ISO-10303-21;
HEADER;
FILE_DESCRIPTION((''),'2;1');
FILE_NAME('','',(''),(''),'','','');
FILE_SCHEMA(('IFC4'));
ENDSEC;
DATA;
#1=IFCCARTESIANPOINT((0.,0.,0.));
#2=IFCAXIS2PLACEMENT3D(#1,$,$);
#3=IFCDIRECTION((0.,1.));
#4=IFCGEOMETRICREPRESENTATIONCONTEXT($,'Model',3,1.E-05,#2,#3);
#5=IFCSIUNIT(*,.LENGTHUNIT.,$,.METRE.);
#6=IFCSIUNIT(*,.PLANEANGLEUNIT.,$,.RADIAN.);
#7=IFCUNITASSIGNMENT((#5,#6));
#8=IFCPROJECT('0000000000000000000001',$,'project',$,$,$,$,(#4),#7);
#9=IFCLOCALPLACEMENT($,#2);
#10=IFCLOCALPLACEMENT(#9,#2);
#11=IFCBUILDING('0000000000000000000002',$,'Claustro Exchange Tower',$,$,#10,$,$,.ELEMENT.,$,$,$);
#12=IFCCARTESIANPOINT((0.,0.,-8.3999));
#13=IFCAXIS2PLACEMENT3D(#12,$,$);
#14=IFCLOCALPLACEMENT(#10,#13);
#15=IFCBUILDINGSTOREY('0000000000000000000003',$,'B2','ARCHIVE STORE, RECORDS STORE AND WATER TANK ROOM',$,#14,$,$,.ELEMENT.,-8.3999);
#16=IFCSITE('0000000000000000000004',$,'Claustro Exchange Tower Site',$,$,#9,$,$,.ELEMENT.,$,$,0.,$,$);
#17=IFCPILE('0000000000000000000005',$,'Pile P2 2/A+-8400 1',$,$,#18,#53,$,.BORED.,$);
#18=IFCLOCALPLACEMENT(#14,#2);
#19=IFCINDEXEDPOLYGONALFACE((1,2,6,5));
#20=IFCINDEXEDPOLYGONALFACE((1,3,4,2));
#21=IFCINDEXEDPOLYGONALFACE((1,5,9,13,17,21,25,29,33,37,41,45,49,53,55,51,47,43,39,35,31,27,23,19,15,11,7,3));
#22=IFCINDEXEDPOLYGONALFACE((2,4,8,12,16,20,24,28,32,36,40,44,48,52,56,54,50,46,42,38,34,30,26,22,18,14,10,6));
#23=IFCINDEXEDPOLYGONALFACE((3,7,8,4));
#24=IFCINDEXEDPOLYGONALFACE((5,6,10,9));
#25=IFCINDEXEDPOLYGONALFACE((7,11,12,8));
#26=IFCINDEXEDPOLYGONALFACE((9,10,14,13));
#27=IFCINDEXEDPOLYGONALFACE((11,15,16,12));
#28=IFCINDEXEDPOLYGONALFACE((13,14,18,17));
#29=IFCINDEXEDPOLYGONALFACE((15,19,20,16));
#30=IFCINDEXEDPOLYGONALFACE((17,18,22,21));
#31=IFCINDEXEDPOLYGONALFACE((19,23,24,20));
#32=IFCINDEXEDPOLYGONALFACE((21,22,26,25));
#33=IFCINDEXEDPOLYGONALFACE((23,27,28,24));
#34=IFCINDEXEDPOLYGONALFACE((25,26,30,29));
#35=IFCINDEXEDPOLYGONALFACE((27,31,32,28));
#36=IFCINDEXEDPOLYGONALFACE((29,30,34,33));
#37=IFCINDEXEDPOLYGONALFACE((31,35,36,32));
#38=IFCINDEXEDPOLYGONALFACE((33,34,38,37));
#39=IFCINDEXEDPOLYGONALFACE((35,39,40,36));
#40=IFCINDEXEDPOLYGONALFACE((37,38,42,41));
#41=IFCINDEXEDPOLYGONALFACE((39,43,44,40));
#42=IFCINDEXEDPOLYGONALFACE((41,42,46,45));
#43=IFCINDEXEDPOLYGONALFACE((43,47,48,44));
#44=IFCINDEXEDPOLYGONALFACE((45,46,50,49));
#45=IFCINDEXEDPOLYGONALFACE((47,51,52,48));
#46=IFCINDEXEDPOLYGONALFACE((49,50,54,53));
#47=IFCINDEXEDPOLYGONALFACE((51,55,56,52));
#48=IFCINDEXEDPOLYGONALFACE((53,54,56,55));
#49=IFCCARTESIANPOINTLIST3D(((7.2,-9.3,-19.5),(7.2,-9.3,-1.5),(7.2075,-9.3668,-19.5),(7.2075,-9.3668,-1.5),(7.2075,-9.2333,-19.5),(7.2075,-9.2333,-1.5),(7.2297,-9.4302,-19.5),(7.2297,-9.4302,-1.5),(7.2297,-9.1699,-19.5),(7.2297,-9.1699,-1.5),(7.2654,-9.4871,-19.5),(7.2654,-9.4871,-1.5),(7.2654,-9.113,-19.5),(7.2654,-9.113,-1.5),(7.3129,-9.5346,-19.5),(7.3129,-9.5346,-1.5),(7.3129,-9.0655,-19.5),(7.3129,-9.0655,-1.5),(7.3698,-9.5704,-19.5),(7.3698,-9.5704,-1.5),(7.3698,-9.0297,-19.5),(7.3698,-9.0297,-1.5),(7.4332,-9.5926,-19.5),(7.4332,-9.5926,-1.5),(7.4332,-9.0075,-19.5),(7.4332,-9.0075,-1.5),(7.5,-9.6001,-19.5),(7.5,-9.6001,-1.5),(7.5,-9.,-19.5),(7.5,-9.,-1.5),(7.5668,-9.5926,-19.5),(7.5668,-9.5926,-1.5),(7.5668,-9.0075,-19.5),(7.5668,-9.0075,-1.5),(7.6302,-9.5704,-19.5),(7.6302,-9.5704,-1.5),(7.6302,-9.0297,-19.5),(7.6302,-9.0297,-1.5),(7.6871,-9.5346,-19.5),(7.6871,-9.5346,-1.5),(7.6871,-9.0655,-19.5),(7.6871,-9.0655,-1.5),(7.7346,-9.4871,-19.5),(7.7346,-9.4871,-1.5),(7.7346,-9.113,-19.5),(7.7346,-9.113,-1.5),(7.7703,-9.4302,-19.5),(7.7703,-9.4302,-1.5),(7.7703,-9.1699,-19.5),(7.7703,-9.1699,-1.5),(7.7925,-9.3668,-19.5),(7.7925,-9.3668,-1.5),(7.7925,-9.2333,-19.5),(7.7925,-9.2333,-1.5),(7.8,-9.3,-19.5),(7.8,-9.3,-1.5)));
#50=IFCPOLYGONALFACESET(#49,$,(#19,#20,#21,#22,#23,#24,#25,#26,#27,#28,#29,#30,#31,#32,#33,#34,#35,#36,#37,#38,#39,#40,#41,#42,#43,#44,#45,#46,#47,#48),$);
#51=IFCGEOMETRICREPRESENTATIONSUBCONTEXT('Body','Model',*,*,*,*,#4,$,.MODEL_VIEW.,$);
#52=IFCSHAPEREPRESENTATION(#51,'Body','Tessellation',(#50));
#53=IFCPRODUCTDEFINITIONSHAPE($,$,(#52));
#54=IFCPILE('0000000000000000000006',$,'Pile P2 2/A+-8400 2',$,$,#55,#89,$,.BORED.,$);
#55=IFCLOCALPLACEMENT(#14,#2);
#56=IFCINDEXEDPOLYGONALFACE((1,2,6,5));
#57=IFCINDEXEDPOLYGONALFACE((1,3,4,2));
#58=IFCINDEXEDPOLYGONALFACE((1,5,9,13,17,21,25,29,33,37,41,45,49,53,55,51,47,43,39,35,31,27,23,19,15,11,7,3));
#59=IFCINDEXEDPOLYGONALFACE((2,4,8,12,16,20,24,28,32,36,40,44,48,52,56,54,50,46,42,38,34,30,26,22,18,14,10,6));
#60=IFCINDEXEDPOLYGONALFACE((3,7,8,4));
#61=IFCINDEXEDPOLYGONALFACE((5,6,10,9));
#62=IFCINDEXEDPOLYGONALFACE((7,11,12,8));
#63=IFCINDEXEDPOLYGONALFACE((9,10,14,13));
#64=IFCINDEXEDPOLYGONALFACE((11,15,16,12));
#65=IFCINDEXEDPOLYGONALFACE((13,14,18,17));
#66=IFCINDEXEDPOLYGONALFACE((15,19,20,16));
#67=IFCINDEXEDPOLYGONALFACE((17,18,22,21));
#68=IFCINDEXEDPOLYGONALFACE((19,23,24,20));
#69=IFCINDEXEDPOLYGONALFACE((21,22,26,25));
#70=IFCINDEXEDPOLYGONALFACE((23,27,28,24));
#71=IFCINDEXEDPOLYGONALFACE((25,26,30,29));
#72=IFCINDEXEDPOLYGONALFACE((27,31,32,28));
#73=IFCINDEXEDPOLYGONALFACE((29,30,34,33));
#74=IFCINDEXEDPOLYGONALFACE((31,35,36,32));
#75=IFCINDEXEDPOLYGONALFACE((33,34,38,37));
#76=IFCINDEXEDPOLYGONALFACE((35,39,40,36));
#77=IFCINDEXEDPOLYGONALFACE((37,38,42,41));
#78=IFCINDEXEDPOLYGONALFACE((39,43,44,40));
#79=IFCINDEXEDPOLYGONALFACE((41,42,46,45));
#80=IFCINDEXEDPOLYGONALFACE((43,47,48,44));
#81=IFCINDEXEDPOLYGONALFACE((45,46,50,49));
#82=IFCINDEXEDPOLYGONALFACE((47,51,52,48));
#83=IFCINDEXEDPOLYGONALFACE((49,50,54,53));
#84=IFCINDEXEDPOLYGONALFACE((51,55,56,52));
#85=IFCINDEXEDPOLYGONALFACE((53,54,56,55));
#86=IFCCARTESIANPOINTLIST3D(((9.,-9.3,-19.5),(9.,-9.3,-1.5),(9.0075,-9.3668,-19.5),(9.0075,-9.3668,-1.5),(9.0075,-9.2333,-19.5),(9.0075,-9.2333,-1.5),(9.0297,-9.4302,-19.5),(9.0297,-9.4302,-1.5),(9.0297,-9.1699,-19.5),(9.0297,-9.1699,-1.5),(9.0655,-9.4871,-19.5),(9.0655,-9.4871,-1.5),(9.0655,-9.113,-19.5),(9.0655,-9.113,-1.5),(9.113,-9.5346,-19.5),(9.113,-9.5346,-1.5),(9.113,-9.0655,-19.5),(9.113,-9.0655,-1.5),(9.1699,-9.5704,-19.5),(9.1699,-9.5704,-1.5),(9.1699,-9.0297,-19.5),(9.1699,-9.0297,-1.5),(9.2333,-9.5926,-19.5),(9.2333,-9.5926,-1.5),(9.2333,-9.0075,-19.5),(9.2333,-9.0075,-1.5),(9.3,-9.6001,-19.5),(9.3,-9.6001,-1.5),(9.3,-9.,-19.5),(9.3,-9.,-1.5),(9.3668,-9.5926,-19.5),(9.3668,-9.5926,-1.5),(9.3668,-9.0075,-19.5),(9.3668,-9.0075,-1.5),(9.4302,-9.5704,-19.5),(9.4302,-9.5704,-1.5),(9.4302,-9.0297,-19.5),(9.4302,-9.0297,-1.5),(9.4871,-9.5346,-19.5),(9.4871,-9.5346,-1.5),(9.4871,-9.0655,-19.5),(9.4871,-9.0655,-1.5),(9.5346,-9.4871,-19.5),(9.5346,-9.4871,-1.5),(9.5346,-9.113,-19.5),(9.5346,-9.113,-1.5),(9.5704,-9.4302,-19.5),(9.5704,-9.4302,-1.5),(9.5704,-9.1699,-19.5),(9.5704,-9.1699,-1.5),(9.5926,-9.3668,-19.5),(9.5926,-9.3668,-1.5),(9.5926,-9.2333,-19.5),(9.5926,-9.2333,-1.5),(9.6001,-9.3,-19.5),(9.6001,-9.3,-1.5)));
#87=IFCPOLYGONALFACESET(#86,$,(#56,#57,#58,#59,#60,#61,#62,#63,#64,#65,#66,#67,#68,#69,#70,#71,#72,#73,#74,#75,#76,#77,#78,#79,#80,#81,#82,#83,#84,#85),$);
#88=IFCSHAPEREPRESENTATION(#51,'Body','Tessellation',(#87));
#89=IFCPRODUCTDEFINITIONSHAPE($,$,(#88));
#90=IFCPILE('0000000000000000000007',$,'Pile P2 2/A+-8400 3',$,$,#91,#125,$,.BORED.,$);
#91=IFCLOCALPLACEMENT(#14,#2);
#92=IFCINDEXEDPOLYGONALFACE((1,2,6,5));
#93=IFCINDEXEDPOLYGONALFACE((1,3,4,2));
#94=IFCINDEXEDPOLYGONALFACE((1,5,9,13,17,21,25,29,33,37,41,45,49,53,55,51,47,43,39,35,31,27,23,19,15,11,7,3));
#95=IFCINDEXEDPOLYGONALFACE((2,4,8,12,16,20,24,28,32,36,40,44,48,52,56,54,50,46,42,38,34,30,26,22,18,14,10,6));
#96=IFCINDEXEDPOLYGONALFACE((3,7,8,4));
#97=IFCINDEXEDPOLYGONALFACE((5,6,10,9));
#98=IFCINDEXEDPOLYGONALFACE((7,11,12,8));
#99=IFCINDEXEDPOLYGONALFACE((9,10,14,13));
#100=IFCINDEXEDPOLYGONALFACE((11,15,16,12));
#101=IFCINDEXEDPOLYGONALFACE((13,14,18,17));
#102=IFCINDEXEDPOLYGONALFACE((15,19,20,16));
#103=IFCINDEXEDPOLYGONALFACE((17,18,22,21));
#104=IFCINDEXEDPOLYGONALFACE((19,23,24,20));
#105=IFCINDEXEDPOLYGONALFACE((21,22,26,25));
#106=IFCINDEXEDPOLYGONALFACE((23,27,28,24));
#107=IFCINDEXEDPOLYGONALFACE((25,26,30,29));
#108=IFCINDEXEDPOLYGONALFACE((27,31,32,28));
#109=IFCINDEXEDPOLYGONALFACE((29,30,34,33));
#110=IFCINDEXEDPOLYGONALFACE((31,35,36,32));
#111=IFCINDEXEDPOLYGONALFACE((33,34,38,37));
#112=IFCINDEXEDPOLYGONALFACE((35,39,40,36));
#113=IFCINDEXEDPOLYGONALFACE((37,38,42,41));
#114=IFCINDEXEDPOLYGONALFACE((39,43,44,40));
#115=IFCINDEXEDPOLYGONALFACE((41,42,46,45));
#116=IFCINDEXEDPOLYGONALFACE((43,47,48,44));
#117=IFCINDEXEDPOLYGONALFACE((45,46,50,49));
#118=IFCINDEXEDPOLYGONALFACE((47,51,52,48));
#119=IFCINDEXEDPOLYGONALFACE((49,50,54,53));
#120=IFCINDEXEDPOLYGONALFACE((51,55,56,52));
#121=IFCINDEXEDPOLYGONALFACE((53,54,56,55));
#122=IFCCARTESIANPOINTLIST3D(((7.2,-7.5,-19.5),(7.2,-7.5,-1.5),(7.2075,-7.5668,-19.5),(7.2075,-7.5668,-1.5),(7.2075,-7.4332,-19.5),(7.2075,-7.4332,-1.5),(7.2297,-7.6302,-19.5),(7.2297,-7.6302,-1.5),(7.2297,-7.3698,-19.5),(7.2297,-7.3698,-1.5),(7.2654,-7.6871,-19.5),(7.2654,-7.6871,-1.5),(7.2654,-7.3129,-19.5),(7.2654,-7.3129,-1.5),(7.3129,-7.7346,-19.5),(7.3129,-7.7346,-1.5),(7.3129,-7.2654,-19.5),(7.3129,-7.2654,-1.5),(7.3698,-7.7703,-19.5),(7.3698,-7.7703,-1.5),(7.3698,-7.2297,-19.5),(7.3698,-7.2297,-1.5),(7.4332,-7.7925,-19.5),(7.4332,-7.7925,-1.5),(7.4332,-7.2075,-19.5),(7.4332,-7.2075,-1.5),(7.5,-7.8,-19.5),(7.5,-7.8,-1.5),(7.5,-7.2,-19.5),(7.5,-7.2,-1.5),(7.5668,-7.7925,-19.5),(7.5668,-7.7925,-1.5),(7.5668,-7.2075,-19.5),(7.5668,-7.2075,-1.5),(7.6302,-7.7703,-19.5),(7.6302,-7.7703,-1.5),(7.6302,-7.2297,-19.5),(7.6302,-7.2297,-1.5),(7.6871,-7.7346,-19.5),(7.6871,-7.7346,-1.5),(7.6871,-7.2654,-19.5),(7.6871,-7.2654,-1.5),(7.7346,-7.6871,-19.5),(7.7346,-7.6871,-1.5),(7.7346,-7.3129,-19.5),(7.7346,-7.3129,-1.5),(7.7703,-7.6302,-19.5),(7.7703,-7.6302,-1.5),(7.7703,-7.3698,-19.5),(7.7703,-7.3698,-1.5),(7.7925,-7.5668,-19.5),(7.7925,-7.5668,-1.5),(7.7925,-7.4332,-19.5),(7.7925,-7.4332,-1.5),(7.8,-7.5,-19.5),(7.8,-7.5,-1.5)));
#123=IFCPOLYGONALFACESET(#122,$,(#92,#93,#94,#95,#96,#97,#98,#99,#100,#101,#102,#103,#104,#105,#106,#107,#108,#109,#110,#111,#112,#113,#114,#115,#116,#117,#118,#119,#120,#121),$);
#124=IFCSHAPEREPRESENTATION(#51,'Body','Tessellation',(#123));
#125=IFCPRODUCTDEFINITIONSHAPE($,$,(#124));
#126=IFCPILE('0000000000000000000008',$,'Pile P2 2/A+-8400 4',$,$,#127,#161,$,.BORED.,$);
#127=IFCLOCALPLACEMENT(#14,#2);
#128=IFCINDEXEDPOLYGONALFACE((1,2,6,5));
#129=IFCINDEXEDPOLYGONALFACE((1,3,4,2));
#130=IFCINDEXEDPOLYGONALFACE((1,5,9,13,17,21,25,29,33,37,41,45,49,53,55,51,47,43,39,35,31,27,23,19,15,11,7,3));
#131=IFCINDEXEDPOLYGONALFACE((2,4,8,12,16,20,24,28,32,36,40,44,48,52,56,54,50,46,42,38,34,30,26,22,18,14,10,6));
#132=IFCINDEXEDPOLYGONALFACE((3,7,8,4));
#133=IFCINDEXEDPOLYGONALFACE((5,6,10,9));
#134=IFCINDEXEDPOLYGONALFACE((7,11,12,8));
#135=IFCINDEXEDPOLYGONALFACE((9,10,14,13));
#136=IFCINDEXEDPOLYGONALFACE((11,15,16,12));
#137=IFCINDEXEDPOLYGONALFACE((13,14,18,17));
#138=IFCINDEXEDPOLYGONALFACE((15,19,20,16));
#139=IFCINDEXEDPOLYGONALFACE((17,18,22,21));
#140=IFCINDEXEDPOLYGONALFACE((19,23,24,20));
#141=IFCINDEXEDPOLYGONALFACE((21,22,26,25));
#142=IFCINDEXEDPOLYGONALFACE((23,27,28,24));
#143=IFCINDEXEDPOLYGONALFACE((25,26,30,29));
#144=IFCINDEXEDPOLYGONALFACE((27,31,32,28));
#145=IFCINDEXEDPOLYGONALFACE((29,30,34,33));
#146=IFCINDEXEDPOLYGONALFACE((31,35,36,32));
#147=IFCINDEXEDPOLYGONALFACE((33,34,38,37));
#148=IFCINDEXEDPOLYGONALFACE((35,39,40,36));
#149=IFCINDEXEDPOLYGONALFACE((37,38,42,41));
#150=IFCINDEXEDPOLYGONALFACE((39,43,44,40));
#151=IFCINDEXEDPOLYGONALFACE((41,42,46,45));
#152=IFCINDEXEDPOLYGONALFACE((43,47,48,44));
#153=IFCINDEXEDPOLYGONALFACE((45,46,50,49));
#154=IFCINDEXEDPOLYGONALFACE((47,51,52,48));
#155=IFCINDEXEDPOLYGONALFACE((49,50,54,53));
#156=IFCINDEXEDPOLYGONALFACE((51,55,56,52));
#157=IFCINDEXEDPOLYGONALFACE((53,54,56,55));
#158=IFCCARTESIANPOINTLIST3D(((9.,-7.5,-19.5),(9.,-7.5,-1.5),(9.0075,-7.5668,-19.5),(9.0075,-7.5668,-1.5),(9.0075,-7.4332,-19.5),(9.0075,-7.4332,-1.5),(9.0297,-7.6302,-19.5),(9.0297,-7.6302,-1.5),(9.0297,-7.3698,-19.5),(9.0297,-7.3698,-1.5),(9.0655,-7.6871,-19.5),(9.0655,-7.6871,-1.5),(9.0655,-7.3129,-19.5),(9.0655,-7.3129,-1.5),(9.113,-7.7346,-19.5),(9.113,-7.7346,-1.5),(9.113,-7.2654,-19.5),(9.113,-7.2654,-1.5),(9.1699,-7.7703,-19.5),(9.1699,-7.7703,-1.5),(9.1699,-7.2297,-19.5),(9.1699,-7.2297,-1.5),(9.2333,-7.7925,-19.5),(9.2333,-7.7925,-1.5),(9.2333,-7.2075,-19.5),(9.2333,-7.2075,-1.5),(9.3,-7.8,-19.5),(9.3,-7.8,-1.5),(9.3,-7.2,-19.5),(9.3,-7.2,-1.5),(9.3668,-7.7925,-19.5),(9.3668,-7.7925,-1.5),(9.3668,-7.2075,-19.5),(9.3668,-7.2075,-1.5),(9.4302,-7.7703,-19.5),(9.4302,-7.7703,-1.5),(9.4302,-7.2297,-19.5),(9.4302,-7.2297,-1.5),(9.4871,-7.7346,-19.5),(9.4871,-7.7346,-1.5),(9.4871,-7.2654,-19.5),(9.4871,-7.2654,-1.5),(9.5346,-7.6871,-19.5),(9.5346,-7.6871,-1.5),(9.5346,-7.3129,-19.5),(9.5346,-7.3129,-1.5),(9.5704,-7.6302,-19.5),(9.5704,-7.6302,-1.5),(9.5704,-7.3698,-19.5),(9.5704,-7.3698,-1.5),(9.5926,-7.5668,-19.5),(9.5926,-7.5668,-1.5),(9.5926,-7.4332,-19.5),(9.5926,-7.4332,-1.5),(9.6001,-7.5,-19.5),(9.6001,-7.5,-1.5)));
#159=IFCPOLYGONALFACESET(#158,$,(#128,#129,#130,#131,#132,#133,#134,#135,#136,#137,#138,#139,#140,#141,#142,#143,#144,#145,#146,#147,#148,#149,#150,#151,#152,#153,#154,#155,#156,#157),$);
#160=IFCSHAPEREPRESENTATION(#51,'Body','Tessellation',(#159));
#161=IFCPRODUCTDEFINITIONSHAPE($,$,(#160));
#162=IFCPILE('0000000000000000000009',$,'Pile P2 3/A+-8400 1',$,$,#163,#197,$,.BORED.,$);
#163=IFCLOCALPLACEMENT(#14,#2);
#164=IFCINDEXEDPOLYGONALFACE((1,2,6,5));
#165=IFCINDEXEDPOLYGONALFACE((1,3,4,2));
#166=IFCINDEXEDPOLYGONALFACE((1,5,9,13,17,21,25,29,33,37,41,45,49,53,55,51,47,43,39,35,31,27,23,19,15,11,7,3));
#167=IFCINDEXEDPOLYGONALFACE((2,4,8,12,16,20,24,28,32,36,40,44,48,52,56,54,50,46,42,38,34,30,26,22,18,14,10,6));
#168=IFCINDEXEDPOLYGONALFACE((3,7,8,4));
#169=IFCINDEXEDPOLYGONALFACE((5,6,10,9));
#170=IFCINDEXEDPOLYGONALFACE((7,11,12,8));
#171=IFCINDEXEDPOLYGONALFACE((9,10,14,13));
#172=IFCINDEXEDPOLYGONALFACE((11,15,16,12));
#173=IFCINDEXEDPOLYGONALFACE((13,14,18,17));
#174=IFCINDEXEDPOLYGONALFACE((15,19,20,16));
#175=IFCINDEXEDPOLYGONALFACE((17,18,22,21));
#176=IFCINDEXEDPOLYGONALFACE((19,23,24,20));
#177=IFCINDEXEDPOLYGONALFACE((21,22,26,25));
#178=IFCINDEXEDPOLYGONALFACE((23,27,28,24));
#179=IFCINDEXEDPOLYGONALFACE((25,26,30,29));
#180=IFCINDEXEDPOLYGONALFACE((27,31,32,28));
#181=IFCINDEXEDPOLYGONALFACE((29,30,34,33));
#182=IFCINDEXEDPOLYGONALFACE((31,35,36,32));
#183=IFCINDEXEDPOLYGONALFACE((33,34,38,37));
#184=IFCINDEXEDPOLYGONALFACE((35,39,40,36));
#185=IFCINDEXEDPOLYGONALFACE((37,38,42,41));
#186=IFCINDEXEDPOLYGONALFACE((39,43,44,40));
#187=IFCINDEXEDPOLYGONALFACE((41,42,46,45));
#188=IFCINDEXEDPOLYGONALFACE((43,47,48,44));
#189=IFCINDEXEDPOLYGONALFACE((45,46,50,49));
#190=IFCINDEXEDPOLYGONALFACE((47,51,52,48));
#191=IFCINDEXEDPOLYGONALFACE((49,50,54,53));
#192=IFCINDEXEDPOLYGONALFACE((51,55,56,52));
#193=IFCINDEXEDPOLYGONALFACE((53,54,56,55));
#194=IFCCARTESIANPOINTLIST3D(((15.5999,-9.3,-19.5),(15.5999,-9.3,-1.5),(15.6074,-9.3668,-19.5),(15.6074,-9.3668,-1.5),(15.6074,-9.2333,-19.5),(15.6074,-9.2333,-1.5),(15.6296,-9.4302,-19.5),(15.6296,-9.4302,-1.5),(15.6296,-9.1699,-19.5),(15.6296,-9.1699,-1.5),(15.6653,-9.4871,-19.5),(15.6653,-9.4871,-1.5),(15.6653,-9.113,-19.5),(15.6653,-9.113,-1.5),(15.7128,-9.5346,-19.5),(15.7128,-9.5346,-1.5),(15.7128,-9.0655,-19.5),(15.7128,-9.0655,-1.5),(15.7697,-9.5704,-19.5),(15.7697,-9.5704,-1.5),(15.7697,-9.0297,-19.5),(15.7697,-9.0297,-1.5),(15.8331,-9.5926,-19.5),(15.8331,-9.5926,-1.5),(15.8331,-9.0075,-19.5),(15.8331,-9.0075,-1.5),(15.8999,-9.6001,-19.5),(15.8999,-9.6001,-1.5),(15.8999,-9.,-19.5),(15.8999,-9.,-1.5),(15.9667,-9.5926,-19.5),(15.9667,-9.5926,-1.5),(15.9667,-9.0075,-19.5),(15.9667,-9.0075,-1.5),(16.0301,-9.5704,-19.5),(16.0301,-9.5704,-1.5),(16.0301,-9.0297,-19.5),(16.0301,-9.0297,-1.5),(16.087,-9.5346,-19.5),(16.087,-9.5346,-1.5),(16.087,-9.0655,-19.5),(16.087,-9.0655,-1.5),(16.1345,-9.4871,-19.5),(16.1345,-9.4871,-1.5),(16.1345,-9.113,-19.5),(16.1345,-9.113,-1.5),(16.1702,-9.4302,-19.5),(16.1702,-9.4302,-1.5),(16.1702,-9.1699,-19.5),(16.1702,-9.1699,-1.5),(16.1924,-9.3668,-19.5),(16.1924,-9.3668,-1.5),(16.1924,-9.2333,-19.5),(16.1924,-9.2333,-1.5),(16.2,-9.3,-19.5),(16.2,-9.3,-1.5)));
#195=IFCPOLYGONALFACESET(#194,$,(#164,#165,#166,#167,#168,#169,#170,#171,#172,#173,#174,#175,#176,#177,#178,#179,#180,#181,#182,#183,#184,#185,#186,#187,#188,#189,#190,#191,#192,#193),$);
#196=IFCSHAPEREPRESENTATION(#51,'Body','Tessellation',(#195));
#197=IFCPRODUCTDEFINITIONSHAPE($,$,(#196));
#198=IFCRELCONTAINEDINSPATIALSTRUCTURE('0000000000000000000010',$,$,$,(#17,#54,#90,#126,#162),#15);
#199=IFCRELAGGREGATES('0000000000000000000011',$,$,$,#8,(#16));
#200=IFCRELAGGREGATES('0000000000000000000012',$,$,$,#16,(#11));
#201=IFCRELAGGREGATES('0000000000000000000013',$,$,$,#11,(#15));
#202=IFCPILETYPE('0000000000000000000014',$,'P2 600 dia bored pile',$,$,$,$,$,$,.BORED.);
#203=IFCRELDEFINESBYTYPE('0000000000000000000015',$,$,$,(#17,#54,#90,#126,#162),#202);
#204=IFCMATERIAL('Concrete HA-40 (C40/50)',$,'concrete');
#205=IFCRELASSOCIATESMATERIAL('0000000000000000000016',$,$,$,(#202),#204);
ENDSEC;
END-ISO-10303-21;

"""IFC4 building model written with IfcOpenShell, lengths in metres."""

from ifc_helpers import new_model, si_unit, direction, frame, origin, origin_2d, place, context, subcontext, project, spatial, circle, extrude, material, type_object, element, save


model = new_model("IFC4")

# Units and contexts
model_context = context("Model", 3, precision=1e-05, world=origin(), true_north=direction((0.0, 1.0)))
body_context = subcontext(model_context, "Body", "Model", "MODEL_VIEW")
ifc_project = project(units=[si_unit("LENGTHUNIT", "METRE"), si_unit("PLANEANGLEUNIT", "RADIAN")], contexts=[model_context])

# Site, building, storey
site_placement = place(None, origin())
site = spatial("IfcSite", under=ifc_project, at=site_placement, Name="Claustro Exchange Tower Site", CompositionType="ELEMENT", RefElevation=0.0)
building_placement = place(site_placement, origin())
building = spatial("IfcBuilding", under=site, at=building_placement, Name="Claustro Exchange Tower", CompositionType="ELEMENT")
storey_placement = place(building_placement, frame((0.0, 0.0, -8.3999)))
storey = spatial("IfcBuildingStorey", under=building, at=storey_placement, Name="B2", Description="ARCHIVE STORE, RECORDS STORE AND WATER TANK ROOM", CompositionType="ELEMENT", Elevation=-8.3999)

# Piles
ifc_material_1 = material(Name="Concrete HA-40 (C40/50)", Category="concrete")
pile_type_1 = type_object("IfcPileType", Name="P2 600 dia bored pile", PredefinedType="BORED", material=ifc_material_1)
for number, where, z_axis, x_axis, name in (
    (1, (7.5, -9.3, -1.5), (0.0, 0.0, -1.0), (1.0, 0.0, 0.0), "Pile P2 2/A+-8400 1"),
    (2, (9.3, -9.3, -1.5), (0.0, 0.0, -1.0), (1.0, 0.0, 0.0), "Pile P2 2/A+-8400 2"),
    (3, (7.5, -7.5, -1.5), (0.0, 0.0, -1.0), (1.0, 0.0, 0.0), "Pile P2 2/A+-8400 3"),
    (4, (9.3, -7.5, -1.5), (0.0, 0.0, -1.0), (1.0, 0.0, 0.0), "Pile P2 2/A+-8400 4"),
    (5, (15.8999, -9.3, -1.5), (0.0, 0.0, -1.0), (1.0, 0.0, 0.0), "Pile P2 3/A+-8400 1"),
):
    element("IfcPile", number, at=place(storey_placement, frame(where, z_axis=z_axis, x_axis=x_axis)), inside=storey, type_object=pile_type_1, Name=name, PredefinedType="BORED", context=body_context, shape_type="SweptSolid", body=[
        extrude(circle(Radius=0.3, at=origin_2d()), origin(), (0.0, 0.0, 1.0), 18.0),
    ])

save(model, "model.ifc")
